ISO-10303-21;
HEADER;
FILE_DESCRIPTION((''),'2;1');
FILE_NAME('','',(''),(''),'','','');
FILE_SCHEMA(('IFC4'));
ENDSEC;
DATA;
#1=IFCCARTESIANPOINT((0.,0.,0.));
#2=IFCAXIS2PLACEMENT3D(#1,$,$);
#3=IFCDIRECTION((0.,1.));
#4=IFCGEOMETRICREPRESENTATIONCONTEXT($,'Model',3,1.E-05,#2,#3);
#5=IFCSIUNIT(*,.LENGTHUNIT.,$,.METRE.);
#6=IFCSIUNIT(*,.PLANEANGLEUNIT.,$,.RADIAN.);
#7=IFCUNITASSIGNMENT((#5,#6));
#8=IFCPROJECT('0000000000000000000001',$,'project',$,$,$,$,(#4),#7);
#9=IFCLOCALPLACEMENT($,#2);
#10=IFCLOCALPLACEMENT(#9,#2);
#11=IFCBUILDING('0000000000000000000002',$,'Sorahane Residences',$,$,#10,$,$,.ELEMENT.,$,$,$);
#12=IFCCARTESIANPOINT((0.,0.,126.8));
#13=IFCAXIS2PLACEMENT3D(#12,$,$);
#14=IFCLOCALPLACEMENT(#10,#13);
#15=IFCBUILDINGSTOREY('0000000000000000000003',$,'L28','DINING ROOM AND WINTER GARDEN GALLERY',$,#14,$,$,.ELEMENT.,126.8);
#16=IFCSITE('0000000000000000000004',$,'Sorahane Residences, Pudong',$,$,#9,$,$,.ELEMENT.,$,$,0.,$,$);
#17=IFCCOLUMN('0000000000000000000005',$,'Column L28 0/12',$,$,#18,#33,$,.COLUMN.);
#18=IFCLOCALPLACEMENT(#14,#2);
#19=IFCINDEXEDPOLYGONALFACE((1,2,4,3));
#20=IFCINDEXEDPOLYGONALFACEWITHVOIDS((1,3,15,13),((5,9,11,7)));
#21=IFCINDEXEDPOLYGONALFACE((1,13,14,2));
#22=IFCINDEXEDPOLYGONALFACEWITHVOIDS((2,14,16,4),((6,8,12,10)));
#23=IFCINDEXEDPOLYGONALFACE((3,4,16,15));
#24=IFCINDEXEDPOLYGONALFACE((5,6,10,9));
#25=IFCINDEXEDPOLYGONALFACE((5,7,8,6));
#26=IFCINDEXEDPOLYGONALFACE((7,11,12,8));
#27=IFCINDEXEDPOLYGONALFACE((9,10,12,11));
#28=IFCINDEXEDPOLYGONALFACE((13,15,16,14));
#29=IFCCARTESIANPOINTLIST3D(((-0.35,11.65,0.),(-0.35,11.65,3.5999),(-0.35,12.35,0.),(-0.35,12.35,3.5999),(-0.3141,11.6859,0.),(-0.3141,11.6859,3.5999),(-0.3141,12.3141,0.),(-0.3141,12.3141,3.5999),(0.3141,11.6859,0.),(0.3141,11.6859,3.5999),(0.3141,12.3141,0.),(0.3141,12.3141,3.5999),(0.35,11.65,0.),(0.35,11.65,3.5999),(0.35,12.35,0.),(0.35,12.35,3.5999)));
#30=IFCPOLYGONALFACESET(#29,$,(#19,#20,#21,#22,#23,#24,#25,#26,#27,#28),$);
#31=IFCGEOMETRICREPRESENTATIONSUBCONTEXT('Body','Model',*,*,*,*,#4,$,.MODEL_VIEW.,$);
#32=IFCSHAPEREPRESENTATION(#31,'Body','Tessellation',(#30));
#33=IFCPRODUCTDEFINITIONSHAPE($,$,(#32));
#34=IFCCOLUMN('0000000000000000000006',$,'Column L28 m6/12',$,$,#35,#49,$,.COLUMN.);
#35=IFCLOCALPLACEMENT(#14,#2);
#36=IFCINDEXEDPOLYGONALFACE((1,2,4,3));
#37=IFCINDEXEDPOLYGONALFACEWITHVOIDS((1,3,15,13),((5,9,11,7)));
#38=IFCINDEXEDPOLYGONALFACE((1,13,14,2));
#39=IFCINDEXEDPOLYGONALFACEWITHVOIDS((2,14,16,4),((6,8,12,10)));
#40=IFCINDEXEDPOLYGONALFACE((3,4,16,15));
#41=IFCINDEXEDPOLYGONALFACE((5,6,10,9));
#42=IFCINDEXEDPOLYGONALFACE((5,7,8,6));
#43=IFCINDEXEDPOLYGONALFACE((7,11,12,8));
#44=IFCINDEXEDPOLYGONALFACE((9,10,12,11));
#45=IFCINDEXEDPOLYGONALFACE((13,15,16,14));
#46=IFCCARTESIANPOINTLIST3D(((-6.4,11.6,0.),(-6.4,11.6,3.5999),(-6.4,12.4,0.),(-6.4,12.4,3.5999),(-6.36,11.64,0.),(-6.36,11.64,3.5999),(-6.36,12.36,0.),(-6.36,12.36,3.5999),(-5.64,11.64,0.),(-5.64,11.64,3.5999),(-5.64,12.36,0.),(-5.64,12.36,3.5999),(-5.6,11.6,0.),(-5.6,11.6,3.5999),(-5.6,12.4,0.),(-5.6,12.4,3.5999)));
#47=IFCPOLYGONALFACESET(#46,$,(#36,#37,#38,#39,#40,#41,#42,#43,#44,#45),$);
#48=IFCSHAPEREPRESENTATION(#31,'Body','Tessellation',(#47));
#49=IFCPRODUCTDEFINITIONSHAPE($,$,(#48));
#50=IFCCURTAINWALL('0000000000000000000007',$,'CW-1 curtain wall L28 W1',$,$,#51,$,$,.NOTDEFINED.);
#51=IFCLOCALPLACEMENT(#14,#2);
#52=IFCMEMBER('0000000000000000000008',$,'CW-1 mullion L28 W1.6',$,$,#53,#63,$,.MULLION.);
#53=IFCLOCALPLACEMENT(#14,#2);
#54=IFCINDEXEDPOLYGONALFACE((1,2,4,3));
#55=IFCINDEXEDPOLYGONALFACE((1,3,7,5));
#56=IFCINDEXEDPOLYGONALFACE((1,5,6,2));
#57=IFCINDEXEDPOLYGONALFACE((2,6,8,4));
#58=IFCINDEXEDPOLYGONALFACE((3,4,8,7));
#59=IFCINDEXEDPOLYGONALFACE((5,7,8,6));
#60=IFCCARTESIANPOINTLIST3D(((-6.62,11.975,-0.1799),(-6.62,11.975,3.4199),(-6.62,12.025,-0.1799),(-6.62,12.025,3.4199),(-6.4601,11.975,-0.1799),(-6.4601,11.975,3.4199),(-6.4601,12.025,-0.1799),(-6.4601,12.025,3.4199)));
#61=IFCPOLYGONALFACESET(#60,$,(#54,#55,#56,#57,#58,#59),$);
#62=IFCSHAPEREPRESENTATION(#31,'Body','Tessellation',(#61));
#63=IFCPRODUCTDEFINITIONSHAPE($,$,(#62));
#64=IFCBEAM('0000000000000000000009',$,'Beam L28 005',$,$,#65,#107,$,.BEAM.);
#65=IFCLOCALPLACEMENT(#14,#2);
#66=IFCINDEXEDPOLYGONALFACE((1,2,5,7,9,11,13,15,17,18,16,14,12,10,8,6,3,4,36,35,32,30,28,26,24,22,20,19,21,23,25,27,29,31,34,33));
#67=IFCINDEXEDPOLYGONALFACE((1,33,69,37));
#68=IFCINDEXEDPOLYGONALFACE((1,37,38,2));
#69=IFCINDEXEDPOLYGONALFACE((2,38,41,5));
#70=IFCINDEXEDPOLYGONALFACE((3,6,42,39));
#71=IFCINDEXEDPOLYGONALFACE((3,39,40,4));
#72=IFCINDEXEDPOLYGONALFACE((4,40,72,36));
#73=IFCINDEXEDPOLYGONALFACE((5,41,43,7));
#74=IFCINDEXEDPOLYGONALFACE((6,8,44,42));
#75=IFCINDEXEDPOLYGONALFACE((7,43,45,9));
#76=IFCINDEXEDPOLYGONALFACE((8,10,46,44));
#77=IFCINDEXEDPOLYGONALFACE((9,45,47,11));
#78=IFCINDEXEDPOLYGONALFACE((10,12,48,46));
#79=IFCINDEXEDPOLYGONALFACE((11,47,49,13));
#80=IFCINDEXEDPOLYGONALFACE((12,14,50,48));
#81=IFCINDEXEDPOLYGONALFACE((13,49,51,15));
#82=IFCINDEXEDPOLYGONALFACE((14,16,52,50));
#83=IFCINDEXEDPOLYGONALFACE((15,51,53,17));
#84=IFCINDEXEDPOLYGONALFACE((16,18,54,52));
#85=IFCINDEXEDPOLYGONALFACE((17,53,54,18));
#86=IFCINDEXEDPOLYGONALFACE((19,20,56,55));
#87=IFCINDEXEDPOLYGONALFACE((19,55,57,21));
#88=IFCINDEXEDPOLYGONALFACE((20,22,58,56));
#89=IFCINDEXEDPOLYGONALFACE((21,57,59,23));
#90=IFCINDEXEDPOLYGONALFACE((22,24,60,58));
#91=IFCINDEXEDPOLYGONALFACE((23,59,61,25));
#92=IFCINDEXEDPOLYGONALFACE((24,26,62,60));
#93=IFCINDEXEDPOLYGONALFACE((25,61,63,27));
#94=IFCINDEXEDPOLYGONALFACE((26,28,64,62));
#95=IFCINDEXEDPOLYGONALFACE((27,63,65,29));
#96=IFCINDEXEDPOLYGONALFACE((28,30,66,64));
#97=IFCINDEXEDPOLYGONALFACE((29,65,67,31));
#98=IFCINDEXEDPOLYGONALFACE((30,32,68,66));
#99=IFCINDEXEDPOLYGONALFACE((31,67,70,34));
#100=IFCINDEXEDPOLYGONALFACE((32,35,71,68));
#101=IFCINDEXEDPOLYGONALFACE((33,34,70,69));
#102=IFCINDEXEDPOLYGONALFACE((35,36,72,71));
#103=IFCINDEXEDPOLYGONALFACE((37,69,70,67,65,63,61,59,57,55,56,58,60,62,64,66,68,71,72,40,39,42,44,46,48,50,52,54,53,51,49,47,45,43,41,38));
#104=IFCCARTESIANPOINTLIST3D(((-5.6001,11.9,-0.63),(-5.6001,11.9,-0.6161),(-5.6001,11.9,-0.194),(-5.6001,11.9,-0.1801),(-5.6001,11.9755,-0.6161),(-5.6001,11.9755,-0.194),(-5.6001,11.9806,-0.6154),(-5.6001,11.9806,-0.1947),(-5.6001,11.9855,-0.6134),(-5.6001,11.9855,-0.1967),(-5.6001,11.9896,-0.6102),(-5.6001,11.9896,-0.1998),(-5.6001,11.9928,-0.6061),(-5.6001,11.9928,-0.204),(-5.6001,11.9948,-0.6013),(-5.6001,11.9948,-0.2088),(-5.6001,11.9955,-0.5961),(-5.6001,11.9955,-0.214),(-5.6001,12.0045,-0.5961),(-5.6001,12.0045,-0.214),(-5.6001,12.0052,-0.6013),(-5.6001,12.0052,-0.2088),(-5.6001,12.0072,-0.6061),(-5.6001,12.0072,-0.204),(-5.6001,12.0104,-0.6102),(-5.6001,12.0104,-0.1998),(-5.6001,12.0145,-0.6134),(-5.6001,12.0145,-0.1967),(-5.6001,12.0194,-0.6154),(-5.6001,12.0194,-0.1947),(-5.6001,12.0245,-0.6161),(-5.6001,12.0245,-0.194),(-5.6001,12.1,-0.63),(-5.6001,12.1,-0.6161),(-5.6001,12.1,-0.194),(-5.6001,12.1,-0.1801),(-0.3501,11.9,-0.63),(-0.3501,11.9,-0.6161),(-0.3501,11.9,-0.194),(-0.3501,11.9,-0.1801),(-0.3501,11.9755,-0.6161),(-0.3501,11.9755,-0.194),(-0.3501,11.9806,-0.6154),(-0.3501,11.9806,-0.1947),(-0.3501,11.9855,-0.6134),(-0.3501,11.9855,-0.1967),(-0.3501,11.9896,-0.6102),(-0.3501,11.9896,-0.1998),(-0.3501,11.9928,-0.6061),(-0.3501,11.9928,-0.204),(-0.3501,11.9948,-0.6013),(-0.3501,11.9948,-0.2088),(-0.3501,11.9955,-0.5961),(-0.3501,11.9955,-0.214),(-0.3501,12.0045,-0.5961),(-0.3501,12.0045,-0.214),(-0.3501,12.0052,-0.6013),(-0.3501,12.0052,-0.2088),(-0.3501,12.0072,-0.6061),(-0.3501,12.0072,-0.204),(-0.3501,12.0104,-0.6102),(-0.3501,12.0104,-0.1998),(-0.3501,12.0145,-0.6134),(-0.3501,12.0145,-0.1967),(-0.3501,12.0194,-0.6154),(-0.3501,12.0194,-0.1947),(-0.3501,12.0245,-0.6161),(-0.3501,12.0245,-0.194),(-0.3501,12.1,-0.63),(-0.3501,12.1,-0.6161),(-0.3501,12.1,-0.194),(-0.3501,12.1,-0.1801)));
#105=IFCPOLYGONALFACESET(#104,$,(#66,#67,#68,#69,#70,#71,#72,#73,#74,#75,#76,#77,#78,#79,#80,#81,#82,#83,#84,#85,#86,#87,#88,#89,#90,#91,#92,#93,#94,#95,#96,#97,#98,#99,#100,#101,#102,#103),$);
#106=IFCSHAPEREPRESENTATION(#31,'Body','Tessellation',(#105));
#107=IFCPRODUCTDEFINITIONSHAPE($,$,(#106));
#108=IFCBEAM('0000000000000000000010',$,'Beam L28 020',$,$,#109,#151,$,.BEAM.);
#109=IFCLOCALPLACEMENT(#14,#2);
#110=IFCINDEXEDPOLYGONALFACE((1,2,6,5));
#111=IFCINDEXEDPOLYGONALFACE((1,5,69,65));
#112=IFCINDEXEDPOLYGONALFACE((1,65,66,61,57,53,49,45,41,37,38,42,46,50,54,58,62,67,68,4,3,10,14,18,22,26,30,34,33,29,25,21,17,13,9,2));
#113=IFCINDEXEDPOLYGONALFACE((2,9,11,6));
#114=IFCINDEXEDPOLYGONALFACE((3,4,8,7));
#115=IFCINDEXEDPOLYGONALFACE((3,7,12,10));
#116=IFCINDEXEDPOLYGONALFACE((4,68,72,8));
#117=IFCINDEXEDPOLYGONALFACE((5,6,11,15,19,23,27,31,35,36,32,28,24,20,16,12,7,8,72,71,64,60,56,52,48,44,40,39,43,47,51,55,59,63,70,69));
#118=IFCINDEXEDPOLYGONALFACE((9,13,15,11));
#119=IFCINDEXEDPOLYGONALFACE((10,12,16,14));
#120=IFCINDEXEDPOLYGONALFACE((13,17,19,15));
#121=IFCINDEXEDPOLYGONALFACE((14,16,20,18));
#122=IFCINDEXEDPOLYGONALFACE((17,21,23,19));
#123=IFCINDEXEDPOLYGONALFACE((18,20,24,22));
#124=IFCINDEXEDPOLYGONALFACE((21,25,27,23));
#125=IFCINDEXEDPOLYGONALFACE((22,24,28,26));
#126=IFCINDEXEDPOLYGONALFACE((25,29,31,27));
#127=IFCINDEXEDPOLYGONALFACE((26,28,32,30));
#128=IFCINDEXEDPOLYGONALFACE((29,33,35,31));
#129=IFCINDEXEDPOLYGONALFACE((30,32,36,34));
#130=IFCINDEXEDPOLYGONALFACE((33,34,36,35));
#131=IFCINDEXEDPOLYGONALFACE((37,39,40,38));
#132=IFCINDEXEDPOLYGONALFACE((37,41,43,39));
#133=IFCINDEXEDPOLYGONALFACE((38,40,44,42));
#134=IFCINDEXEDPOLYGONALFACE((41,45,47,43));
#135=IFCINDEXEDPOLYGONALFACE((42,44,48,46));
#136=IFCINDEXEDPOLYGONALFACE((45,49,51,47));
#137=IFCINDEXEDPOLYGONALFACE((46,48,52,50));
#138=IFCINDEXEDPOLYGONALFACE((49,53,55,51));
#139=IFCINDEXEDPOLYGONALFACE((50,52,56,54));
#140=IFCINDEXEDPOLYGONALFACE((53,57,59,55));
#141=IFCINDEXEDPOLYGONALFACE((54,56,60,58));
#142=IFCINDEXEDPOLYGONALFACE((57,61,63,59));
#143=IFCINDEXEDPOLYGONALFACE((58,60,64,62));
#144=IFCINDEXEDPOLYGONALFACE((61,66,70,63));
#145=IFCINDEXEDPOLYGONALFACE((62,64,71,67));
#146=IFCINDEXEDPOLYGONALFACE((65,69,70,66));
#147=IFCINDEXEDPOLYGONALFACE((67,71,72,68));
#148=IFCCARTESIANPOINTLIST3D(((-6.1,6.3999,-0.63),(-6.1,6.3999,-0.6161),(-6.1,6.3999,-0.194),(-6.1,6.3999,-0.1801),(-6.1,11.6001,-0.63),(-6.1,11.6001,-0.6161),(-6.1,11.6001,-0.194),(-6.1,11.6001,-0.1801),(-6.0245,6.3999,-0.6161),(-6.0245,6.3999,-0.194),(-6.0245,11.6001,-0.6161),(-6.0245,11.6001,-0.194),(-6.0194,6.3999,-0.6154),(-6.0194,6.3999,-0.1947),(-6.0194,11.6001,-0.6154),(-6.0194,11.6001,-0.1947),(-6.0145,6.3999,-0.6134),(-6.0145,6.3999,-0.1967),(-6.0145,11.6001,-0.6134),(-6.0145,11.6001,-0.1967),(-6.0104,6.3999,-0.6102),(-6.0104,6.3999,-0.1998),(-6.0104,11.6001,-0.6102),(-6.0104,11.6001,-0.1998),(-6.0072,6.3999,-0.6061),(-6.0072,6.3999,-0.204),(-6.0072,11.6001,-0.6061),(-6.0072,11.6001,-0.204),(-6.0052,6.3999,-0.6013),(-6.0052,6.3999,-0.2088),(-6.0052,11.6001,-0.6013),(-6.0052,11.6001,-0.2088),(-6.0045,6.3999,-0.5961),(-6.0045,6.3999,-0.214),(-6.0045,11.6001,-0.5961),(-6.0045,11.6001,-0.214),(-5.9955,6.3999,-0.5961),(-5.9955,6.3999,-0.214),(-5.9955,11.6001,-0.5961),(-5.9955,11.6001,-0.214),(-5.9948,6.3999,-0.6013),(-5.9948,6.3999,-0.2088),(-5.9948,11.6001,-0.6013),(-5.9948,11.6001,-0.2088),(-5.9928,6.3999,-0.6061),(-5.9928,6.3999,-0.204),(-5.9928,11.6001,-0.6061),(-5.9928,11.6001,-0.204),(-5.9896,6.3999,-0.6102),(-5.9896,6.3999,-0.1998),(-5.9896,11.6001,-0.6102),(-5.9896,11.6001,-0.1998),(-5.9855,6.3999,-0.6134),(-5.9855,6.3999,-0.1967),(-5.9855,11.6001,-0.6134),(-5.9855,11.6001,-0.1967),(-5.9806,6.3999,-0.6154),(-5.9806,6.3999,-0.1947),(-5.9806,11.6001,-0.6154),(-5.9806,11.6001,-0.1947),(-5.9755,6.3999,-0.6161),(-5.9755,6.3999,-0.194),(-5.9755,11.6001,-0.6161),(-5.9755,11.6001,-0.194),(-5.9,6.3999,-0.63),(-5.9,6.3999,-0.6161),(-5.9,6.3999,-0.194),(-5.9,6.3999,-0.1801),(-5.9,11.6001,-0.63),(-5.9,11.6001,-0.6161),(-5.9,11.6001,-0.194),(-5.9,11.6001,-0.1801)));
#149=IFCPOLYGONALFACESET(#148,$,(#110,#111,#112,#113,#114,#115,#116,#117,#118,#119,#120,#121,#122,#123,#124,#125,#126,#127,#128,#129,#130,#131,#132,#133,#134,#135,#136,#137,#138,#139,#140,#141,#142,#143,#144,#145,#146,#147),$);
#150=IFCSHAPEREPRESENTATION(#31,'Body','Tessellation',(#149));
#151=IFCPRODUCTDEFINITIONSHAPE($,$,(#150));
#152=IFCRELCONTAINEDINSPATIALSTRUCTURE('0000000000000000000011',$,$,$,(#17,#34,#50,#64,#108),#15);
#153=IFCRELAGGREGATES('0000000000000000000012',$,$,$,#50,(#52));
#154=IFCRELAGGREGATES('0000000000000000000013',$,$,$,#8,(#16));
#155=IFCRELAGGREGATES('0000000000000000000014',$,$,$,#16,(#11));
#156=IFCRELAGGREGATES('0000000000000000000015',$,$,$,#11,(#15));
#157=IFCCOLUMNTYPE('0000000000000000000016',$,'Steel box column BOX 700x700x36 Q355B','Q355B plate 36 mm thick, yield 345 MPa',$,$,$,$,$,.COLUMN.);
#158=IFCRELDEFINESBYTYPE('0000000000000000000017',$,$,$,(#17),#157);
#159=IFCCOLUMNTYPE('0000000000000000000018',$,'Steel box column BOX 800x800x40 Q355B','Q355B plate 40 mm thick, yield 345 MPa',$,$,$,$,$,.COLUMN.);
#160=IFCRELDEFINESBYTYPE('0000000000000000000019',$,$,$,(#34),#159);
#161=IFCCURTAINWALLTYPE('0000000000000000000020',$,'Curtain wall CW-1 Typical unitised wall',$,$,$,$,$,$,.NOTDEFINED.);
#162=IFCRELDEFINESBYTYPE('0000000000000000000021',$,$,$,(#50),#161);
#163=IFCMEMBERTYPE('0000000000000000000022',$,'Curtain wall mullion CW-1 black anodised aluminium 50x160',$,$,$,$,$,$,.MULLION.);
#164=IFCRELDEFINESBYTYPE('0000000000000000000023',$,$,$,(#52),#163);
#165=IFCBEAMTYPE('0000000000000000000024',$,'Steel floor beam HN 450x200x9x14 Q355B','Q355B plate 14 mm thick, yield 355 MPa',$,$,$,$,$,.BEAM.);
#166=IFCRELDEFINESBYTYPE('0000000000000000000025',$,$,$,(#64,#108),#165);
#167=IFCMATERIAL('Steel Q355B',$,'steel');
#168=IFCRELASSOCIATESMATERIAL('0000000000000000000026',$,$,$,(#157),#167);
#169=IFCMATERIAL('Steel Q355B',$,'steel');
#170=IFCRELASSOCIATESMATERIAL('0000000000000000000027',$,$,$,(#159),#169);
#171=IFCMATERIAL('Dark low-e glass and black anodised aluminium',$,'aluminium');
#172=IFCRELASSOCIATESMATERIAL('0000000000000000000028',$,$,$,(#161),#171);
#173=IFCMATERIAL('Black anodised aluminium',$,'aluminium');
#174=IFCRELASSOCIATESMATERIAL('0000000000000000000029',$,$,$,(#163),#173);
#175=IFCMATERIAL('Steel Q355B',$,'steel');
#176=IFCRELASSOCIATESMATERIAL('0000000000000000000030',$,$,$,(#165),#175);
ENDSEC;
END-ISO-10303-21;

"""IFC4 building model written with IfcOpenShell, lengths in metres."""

from ifc_helpers import new_model, si_unit, direction, frame, origin, origin_2d, place, context, subcontext, project, spatial, rectangle, hollow_rectangle, i_section, extrude, material, material_profile, profile_set, type_object, element, aggregate, save


model = new_model("IFC4")

# Units and contexts
model_context = context("Model", 3, precision=1e-05, world=origin(), true_north=direction((0.0, 1.0)))
body_context = subcontext(model_context, "Body", "Model", "MODEL_VIEW")
ifc_project = project(units=[si_unit("LENGTHUNIT", "METRE"), si_unit("PLANEANGLEUNIT", "RADIAN")], contexts=[model_context])

# Site, building, storey
site_placement = place(None, origin())
site = spatial("IfcSite", under=ifc_project, at=site_placement, Name="Sorahane Residences, Pudong", CompositionType="ELEMENT", RefElevation=0.0)
building_placement = place(site_placement, origin())
building = spatial("IfcBuilding", under=site, at=building_placement, Name="Sorahane Residences", CompositionType="ELEMENT")
storey_placement = place(building_placement, frame((0.0, 0.0, 126.8)))
storey = spatial("IfcBuildingStorey", under=building, at=storey_placement, Name="L28", Description="DINING ROOM AND WINTER GARDEN GALLERY", CompositionType="ELEMENT", Elevation=126.8)

# Columns
ifc_material_1 = material(Name="Steel Q355B", Category="steel")
ifc_material_profile_1 = material_profile(ifc_material_1, hollow_rectangle(XDim=0.7, YDim=0.7, WallThickness=0.0359, at=origin_2d()), Name="BOX 700x700x36")
ifc_profile_set_1 = profile_set([ifc_material_profile_1], Name="Steel Q355B")
column_type_1 = type_object("IfcColumnType", Name="Steel box column BOX 700x700x36 Q355B", Description="Q355B plate 36 mm thick, yield 345 MPa", PredefinedType="COLUMN", material=ifc_profile_set_1)
column_1_placement = place(storey_placement, frame((0.0, 12.0, 0.0), z_axis=(0.0, 0.0, 1.0), x_axis=(1.0, 0.0, 0.0)))
element("IfcColumn", 1, at=column_1_placement, inside=storey, type_object=column_type_1, Name="Column L28 0/12", PredefinedType="COLUMN", context=body_context, shape_type="SweptSolid", body=[
    extrude(hollow_rectangle(XDim=0.7, YDim=0.7, WallThickness=0.0359, at=origin_2d()), origin(), (0.0, 0.0, 1.0), 3.5999),
])
ifc_material_2 = material(Name="Steel Q355B", Category="steel")
ifc_material_profile_2 = material_profile(ifc_material_2, hollow_rectangle(XDim=0.8, YDim=0.8, WallThickness=0.04, at=origin_2d()), Name="BOX 800x800x40")
ifc_profile_set_2 = profile_set([ifc_material_profile_2], Name="Steel Q355B")
column_type_2 = type_object("IfcColumnType", Name="Steel box column BOX 800x800x40 Q355B", Description="Q355B plate 40 mm thick, yield 345 MPa", PredefinedType="COLUMN", material=ifc_profile_set_2)
column_2_placement = place(storey_placement, frame((-6.0, 12.0, 0.0), z_axis=(0.0, 0.0, 1.0), x_axis=(1.0, 0.0, 0.0)))
element("IfcColumn", 2, at=column_2_placement, inside=storey, type_object=column_type_2, Name="Column L28 m6/12", PredefinedType="COLUMN", context=body_context, shape_type="SweptSolid", body=[
    extrude(hollow_rectangle(XDim=0.8, YDim=0.8, WallThickness=0.04, at=origin_2d()), origin(), (0.0, 0.0, 1.0), 3.5999),
])

# Curtain wall, member
ifc_material_3 = material(Name="Dark low-e glass and black anodised aluminium", Category="aluminium")
curtain_wall_type = type_object("IfcCurtainWallType", Name="Curtain wall CW-1 Typical unitised wall", PredefinedType="NOTDEFINED", material=ifc_material_3)
curtain_wall_placement = place(storey_placement, origin())
curtain_wall = element("IfcCurtainWall", 3, at=curtain_wall_placement, inside=storey, type_object=curtain_wall_type, Name="CW-1 curtain wall L28 W1", PredefinedType="NOTDEFINED")
ifc_material_4 = material(Name="Black anodised aluminium", Category="aluminium")
ifc_material_profile_3 = material_profile(ifc_material_4, rectangle(XDim=0.1599, YDim=0.05, at=origin_2d()), Name="Curtain wall mullion CW-1 black anodised aluminium 50x160")
ifc_profile_set_3 = profile_set([ifc_material_profile_3], Name="Black anodised aluminium")
member_type = type_object("IfcMemberType", Name="Curtain wall mullion CW-1 black anodised aluminium 50x160", PredefinedType="MULLION", material=ifc_profile_set_3)
member_placement = place(storey_placement, frame((-6.54, 12.0, -0.1799), z_axis=(0.0, 0.0, 1.0), x_axis=(-1.0, 0.0, 0.0)))
member = element("IfcMember", 4, at=member_placement, type_object=member_type, Name="CW-1 mullion L28 W1.6", PredefinedType="MULLION", context=body_context, shape_type="SweptSolid", body=[
    extrude(rectangle(XDim=0.1599, YDim=0.05, at=origin_2d()), origin(), (0.0, 0.0, 1.0), 3.5999),
])

# Beams
ifc_material_5 = material(Name="Steel Q355B", Category="steel")
ifc_material_profile_4 = material_profile(ifc_material_5, i_section(OverallWidth=0.2, OverallDepth=0.45, WebThickness=0.009, FlangeThickness=0.0139, FilletRadius=0.02, at=origin_2d()), Name="HN 450x200x9x14")
ifc_profile_set_4 = profile_set([ifc_material_profile_4], Name="Steel Q355B")
beam_type_1 = type_object("IfcBeamType", Name="Steel floor beam HN 450x200x9x14 Q355B", Description="Q355B plate 14 mm thick, yield 355 MPa", PredefinedType="BEAM", material=ifc_profile_set_4)
beam_1_placement = place(storey_placement, frame((-5.6001, 12.0, -0.405), z_axis=(1.0, 0.0, 0.0), x_axis=(0.0, 1.0, 0.0)))
element("IfcBeam", 5, at=beam_1_placement, inside=storey, type_object=beam_type_1, Name="Beam L28 005", PredefinedType="BEAM", context=body_context, shape_type="SweptSolid", body=[
    extrude(i_section(OverallWidth=0.2, OverallDepth=0.45, WebThickness=0.009, FlangeThickness=0.0139, FilletRadius=0.02, at=origin_2d()), origin(), (0.0, 0.0, 1.0), 5.25),
])
beam_2_placement = place(storey_placement, frame((-6.0, 6.3999, -0.405), z_axis=(0.0, 1.0, 0.0), x_axis=(-1.0, 0.0, 0.0)))
element("IfcBeam", 6, at=beam_2_placement, inside=storey, type_object=beam_type_1, Name="Beam L28 020", PredefinedType="BEAM", context=body_context, shape_type="SweptSolid", body=[
    extrude(i_section(OverallWidth=0.2, OverallDepth=0.45, WebThickness=0.009, FlangeThickness=0.0139, FilletRadius=0.02, at=origin_2d()), origin(), (0.0, 0.0, 1.0), 5.2002),
])

aggregate(curtain_wall, [member])

save(model, "model.ifc")
